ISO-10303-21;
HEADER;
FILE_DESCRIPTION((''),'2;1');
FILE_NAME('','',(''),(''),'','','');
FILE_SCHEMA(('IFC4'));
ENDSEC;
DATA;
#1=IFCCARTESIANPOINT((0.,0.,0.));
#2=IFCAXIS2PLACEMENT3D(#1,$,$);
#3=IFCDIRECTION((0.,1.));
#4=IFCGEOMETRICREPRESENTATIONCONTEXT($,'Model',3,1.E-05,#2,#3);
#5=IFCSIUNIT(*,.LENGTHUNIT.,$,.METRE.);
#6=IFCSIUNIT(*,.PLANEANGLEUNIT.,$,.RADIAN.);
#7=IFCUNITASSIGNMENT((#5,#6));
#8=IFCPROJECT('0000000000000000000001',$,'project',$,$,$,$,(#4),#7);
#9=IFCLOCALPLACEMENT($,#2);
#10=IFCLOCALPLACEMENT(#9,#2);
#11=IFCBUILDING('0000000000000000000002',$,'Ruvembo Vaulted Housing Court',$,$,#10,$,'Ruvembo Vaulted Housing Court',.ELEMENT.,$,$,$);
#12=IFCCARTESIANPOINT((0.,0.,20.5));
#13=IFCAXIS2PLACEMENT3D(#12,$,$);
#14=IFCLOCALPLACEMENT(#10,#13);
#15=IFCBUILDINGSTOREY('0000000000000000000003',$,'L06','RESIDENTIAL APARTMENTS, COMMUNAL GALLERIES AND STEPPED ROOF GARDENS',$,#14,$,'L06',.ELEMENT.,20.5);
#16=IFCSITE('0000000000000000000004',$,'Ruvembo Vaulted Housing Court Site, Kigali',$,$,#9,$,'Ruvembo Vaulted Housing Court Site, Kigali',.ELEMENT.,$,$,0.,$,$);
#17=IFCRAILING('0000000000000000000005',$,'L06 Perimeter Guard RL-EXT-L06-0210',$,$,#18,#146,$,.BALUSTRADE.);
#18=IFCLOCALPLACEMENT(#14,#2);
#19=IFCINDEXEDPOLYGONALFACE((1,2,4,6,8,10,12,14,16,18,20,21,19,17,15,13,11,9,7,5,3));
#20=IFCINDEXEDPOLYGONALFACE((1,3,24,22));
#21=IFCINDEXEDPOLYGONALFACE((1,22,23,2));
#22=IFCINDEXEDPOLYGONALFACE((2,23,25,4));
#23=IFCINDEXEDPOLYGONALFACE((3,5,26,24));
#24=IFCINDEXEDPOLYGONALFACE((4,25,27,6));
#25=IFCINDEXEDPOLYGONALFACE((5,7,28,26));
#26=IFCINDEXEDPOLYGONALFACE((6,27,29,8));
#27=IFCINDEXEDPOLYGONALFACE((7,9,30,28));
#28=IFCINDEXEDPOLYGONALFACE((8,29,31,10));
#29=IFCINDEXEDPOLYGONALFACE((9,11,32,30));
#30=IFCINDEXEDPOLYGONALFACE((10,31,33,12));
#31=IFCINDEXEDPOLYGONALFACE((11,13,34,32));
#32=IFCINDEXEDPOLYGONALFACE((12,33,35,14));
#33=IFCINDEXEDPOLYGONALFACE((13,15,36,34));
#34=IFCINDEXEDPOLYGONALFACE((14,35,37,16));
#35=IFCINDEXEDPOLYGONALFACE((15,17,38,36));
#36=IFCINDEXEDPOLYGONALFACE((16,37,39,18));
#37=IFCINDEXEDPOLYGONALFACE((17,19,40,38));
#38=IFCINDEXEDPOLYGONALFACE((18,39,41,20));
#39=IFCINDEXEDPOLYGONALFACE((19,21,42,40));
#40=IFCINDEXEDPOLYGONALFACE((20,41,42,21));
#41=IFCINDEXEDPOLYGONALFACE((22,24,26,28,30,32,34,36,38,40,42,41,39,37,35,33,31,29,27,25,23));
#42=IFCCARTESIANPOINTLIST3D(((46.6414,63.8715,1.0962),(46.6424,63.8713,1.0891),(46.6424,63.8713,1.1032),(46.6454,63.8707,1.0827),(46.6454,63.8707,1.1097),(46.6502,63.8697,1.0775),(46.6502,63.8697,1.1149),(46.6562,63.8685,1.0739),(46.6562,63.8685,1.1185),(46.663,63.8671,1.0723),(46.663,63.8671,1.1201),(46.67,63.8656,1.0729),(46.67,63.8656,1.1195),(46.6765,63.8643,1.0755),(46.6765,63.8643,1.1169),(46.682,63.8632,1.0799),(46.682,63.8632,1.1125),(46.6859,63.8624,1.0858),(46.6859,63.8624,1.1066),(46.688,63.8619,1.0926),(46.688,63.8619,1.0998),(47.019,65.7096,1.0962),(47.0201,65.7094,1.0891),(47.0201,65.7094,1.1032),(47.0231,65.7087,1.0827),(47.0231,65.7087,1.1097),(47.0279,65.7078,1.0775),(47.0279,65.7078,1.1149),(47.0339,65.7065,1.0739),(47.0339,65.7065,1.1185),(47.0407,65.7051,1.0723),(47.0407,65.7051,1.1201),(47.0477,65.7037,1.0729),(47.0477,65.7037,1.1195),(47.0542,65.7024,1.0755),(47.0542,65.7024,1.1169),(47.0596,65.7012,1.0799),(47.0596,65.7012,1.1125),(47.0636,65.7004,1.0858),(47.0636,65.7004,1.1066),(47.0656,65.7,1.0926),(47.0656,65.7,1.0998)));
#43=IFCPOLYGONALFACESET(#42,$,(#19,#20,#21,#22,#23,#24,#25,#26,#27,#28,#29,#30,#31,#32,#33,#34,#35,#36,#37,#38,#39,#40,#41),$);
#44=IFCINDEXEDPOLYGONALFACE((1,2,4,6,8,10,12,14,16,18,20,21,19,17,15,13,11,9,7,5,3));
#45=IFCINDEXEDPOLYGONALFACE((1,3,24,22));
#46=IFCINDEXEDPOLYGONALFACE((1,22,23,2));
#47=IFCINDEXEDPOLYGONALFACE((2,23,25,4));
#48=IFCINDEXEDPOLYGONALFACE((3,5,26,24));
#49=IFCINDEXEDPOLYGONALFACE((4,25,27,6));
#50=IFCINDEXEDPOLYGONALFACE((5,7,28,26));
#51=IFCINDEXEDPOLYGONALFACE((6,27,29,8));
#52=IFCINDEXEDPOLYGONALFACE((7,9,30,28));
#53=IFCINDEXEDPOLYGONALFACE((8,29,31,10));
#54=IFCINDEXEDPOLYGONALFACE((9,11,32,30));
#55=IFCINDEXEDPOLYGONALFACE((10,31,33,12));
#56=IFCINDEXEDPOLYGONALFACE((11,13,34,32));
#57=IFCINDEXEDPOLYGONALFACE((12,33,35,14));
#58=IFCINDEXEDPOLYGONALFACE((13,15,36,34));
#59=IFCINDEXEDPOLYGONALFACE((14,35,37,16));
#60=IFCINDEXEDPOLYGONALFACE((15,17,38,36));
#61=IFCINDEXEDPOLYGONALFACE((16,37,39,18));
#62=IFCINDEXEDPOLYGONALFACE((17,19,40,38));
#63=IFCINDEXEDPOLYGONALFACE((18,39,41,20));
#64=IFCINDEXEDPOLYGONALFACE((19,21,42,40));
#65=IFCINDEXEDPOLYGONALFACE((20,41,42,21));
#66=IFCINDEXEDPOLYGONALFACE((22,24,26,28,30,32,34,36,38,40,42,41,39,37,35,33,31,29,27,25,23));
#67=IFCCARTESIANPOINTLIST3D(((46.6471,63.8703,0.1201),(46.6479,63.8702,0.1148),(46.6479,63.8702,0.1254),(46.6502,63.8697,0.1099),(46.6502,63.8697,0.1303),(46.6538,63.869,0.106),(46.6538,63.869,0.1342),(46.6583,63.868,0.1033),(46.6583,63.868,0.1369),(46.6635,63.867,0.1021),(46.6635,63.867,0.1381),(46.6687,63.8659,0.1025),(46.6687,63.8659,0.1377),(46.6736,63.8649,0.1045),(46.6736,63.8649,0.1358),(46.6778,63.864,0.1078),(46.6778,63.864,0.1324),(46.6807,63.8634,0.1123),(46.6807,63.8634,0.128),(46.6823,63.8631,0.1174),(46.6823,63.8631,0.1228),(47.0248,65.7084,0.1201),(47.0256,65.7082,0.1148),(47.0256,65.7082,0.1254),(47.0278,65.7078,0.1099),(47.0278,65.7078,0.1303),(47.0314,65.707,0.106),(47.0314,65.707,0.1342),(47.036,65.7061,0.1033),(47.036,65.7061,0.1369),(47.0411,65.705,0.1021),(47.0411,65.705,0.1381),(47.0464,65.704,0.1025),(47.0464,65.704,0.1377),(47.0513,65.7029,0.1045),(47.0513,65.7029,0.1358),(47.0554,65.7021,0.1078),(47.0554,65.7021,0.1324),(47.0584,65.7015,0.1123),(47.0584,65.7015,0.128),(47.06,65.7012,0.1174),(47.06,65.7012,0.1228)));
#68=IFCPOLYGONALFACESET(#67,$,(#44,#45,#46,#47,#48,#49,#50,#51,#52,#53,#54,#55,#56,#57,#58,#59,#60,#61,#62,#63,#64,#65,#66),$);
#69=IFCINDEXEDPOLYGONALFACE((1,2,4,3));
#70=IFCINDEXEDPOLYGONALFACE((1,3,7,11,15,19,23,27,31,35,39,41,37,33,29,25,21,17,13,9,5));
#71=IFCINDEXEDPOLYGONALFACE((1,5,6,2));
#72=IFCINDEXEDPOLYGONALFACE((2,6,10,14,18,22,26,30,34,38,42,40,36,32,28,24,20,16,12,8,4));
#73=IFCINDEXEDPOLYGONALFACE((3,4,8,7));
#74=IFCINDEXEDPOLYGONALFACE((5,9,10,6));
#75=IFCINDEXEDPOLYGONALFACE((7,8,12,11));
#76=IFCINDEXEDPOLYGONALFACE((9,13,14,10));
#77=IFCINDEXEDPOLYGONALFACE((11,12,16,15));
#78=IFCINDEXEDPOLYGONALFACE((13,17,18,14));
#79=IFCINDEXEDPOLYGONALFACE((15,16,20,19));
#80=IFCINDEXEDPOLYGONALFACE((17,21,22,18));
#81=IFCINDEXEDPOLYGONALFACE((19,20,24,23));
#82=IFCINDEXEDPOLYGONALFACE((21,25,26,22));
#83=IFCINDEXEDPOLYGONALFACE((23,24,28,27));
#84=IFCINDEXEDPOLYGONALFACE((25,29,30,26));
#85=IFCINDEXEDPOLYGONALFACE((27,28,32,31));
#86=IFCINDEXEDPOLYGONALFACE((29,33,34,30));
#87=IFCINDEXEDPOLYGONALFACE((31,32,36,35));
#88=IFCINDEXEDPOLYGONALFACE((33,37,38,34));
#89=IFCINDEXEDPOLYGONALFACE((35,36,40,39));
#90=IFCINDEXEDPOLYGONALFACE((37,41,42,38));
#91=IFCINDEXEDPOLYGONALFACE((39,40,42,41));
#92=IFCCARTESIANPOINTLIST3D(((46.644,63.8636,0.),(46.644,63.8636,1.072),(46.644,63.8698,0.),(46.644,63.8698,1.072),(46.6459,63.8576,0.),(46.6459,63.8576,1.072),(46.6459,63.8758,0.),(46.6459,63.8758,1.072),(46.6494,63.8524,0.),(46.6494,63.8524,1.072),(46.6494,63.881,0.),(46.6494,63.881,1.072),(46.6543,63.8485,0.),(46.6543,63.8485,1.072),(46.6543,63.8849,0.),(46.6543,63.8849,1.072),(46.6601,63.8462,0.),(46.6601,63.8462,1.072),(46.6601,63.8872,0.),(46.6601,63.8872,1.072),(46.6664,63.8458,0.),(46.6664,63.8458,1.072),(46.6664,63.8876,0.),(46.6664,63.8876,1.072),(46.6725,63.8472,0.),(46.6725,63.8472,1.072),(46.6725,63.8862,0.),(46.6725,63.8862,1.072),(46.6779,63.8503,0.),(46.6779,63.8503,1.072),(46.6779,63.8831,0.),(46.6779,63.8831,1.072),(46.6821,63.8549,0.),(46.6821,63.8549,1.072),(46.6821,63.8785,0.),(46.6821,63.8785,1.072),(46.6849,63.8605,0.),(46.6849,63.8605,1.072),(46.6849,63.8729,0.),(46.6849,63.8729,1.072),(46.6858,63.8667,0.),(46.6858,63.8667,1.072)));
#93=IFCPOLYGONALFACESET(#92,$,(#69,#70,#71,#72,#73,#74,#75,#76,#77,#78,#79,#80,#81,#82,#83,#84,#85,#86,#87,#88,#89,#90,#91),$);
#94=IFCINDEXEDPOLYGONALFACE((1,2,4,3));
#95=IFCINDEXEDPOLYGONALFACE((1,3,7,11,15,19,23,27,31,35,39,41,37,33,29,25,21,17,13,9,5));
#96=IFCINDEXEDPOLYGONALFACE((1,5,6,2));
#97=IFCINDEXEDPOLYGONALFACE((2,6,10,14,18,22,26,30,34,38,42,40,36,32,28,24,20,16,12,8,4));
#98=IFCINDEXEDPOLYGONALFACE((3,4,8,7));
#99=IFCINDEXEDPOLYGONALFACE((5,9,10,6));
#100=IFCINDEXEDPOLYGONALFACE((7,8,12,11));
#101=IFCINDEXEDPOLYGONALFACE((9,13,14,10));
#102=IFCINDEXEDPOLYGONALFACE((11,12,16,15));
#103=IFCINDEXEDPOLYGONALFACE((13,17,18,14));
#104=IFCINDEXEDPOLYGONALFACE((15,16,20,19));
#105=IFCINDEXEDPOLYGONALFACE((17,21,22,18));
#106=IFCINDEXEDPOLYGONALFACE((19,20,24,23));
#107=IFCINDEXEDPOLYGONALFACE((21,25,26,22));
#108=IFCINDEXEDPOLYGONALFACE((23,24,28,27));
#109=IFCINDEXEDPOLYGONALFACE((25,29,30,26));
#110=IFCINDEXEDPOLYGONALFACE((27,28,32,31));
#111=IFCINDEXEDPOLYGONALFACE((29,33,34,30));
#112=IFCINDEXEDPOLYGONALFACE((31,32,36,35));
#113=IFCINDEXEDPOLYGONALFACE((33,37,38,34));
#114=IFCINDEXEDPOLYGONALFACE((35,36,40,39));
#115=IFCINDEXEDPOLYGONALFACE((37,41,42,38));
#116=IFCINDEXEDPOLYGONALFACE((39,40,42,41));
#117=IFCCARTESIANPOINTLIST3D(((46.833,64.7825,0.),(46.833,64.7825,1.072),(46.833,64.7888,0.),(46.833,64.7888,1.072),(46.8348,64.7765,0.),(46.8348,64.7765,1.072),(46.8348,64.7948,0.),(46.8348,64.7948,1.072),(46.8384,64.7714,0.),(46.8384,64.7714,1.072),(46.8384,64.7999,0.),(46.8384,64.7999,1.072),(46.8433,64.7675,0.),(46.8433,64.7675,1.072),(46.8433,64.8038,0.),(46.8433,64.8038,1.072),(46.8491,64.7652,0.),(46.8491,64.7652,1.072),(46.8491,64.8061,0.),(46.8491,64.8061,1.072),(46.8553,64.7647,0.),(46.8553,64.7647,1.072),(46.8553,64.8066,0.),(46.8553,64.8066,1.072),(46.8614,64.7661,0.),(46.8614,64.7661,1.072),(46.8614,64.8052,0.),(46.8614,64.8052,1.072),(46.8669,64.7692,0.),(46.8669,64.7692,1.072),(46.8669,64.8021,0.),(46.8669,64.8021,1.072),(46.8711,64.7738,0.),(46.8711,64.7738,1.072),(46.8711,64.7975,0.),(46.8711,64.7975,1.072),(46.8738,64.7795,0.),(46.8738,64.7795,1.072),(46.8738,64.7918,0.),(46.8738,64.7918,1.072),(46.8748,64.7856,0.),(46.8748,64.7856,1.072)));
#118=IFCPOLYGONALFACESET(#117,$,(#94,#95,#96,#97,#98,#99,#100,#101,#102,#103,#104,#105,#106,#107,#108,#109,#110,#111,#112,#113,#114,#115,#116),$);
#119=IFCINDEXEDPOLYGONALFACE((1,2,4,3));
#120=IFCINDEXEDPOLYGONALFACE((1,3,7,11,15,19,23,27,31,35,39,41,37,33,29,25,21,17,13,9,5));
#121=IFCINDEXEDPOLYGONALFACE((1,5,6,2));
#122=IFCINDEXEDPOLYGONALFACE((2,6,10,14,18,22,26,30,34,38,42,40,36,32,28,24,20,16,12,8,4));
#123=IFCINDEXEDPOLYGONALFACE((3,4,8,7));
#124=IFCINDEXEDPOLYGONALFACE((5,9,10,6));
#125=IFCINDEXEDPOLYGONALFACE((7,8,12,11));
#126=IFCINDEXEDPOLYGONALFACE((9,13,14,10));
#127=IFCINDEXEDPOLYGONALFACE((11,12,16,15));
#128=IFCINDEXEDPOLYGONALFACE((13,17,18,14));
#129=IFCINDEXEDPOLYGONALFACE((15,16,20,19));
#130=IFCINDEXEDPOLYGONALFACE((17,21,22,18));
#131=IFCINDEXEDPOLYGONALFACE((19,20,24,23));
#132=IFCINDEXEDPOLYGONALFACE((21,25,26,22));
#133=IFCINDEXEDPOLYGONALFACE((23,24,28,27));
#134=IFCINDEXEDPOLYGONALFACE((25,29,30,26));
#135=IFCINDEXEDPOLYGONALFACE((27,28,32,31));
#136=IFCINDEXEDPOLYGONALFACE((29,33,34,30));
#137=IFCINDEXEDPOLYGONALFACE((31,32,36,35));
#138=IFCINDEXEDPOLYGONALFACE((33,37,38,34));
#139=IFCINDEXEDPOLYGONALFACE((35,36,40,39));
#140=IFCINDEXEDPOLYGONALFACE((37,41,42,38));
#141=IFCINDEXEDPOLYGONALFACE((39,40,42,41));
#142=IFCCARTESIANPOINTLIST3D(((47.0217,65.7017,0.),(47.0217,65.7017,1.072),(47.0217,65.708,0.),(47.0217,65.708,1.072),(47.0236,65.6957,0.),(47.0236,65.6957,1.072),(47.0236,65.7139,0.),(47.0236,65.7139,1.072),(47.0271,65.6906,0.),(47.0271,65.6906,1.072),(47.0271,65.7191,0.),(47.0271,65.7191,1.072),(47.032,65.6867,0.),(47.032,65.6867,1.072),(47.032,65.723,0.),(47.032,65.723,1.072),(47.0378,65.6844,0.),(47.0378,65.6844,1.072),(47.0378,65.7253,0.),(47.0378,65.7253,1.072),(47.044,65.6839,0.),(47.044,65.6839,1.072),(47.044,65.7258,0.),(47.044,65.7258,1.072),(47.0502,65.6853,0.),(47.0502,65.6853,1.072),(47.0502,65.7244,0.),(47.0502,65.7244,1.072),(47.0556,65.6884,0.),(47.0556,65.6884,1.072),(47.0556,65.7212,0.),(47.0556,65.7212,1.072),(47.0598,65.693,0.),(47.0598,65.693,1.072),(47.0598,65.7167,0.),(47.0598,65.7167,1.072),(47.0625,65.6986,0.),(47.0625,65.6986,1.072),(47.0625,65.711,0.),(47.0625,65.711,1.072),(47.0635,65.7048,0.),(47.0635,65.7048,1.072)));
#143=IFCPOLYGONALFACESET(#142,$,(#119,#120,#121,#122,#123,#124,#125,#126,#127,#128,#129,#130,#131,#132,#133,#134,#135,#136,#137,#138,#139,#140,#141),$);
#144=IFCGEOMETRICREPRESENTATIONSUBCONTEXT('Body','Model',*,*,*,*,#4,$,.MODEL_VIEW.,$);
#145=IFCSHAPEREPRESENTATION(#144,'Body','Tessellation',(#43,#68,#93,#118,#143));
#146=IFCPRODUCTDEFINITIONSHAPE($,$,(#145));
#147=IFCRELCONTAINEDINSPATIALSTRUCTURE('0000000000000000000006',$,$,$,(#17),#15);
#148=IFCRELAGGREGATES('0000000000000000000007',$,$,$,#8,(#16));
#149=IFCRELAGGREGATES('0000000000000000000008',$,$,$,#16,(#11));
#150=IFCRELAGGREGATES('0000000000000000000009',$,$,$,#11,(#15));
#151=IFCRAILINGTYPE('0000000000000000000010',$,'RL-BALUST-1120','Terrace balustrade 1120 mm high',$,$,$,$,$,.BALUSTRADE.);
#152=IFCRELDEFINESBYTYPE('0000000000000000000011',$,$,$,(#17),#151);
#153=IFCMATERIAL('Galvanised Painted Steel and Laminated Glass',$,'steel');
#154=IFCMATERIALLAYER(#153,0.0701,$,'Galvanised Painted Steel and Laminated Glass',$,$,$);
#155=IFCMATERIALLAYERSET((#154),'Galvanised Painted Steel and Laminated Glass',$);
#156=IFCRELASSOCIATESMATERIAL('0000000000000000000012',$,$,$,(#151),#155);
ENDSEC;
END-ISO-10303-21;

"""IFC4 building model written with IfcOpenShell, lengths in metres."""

from ifc_helpers import new_model, si_unit, direction, frame, origin, origin_2d, place, context, subcontext, project, spatial, circle, extrude, material, layer, layer_set, type_object, element, save


model = new_model("IFC4")

# Units and contexts
model_context = context("Model", 3, precision=1e-05, world=origin(), true_north=direction((0.0, 1.0)))
body_context = subcontext(model_context, "Body", "Model", "MODEL_VIEW")
ifc_project = project(units=[si_unit("LENGTHUNIT", "METRE"), si_unit("PLANEANGLEUNIT", "RADIAN")], contexts=[model_context])

# Site, building, storey
site_placement = place(None, origin())
site = spatial("IfcSite", under=ifc_project, at=site_placement, Name="Ruvembo Vaulted Housing Court Site, Kigali", LongName="Ruvembo Vaulted Housing Court Site, Kigali", CompositionType="ELEMENT", RefElevation=0.0)
building_placement = place(site_placement, origin())
building = spatial("IfcBuilding", under=site, at=building_placement, Name="Ruvembo Vaulted Housing Court", LongName="Ruvembo Vaulted Housing Court", CompositionType="ELEMENT")
storey_placement = place(building_placement, frame((0.0, 0.0, 20.5)))
storey = spatial("IfcBuildingStorey", under=building, at=storey_placement, Name="L06", Description="RESIDENTIAL APARTMENTS, COMMUNAL GALLERIES AND STEPPED ROOF GARDENS", LongName="L06", CompositionType="ELEMENT", Elevation=20.5)

# Railing
ifc_material_1 = material(Name="Galvanised Painted Steel and Laminated Glass", Category="steel")
ifc_layer_1 = layer(ifc_material_1, 0.0701, Name="Galvanised Painted Steel and Laminated Glass")
ifc_layer_set_1 = layer_set([ifc_layer_1], Name="Galvanised Painted Steel and Laminated Glass")
railing_type = type_object("IfcRailingType", Name="RL-BALUST-1120", Description="Terrace balustrade 1120 mm high", PredefinedType="BALUSTRADE", material=ifc_layer_set_1)
railing_1_placement = place(storey_placement, frame((46.6648, 63.8667, 0.0)))
element("IfcRailing", 1, at=railing_1_placement, inside=storey, type_object=railing_type, Name="L06 Perimeter Guard RL-EXT-L06-0210", PredefinedType="BALUSTRADE", context=body_context, shape_type="SweptSolid", body=[
    extrude(circle(Radius=0.0239, at=origin_2d()), frame((0.0, 0.0, 1.0962), z_axis=(0.201267, 0.979536, 0.0), x_axis=(-0.979536, 0.201267, 0.0)), (0.0, 0.0, 1.0), 1.8765),
    extrude(circle(Radius=0.0181, at=origin_2d()), frame((0.0, 0.0, 0.1201), z_axis=(0.201267, 0.979536, 0.0), x_axis=(-0.979536, 0.201267, 0.0)), (0.0, 0.0, 1.0), 1.8765),
    extrude(circle(Radius=0.021, at=origin_2d()), origin(), (0.0, 0.0, 1.0), 1.072),
    extrude(circle(Radius=0.021, at=origin_2d()), frame((0.189, 0.9189, 0.0)), (0.0, 0.0, 1.0), 1.072),
    extrude(circle(Radius=0.021, at=origin_2d()), frame((0.3777, 1.8381, 0.0)), (0.0, 0.0, 1.0), 1.072),
])

save(model, "model.ifc")
